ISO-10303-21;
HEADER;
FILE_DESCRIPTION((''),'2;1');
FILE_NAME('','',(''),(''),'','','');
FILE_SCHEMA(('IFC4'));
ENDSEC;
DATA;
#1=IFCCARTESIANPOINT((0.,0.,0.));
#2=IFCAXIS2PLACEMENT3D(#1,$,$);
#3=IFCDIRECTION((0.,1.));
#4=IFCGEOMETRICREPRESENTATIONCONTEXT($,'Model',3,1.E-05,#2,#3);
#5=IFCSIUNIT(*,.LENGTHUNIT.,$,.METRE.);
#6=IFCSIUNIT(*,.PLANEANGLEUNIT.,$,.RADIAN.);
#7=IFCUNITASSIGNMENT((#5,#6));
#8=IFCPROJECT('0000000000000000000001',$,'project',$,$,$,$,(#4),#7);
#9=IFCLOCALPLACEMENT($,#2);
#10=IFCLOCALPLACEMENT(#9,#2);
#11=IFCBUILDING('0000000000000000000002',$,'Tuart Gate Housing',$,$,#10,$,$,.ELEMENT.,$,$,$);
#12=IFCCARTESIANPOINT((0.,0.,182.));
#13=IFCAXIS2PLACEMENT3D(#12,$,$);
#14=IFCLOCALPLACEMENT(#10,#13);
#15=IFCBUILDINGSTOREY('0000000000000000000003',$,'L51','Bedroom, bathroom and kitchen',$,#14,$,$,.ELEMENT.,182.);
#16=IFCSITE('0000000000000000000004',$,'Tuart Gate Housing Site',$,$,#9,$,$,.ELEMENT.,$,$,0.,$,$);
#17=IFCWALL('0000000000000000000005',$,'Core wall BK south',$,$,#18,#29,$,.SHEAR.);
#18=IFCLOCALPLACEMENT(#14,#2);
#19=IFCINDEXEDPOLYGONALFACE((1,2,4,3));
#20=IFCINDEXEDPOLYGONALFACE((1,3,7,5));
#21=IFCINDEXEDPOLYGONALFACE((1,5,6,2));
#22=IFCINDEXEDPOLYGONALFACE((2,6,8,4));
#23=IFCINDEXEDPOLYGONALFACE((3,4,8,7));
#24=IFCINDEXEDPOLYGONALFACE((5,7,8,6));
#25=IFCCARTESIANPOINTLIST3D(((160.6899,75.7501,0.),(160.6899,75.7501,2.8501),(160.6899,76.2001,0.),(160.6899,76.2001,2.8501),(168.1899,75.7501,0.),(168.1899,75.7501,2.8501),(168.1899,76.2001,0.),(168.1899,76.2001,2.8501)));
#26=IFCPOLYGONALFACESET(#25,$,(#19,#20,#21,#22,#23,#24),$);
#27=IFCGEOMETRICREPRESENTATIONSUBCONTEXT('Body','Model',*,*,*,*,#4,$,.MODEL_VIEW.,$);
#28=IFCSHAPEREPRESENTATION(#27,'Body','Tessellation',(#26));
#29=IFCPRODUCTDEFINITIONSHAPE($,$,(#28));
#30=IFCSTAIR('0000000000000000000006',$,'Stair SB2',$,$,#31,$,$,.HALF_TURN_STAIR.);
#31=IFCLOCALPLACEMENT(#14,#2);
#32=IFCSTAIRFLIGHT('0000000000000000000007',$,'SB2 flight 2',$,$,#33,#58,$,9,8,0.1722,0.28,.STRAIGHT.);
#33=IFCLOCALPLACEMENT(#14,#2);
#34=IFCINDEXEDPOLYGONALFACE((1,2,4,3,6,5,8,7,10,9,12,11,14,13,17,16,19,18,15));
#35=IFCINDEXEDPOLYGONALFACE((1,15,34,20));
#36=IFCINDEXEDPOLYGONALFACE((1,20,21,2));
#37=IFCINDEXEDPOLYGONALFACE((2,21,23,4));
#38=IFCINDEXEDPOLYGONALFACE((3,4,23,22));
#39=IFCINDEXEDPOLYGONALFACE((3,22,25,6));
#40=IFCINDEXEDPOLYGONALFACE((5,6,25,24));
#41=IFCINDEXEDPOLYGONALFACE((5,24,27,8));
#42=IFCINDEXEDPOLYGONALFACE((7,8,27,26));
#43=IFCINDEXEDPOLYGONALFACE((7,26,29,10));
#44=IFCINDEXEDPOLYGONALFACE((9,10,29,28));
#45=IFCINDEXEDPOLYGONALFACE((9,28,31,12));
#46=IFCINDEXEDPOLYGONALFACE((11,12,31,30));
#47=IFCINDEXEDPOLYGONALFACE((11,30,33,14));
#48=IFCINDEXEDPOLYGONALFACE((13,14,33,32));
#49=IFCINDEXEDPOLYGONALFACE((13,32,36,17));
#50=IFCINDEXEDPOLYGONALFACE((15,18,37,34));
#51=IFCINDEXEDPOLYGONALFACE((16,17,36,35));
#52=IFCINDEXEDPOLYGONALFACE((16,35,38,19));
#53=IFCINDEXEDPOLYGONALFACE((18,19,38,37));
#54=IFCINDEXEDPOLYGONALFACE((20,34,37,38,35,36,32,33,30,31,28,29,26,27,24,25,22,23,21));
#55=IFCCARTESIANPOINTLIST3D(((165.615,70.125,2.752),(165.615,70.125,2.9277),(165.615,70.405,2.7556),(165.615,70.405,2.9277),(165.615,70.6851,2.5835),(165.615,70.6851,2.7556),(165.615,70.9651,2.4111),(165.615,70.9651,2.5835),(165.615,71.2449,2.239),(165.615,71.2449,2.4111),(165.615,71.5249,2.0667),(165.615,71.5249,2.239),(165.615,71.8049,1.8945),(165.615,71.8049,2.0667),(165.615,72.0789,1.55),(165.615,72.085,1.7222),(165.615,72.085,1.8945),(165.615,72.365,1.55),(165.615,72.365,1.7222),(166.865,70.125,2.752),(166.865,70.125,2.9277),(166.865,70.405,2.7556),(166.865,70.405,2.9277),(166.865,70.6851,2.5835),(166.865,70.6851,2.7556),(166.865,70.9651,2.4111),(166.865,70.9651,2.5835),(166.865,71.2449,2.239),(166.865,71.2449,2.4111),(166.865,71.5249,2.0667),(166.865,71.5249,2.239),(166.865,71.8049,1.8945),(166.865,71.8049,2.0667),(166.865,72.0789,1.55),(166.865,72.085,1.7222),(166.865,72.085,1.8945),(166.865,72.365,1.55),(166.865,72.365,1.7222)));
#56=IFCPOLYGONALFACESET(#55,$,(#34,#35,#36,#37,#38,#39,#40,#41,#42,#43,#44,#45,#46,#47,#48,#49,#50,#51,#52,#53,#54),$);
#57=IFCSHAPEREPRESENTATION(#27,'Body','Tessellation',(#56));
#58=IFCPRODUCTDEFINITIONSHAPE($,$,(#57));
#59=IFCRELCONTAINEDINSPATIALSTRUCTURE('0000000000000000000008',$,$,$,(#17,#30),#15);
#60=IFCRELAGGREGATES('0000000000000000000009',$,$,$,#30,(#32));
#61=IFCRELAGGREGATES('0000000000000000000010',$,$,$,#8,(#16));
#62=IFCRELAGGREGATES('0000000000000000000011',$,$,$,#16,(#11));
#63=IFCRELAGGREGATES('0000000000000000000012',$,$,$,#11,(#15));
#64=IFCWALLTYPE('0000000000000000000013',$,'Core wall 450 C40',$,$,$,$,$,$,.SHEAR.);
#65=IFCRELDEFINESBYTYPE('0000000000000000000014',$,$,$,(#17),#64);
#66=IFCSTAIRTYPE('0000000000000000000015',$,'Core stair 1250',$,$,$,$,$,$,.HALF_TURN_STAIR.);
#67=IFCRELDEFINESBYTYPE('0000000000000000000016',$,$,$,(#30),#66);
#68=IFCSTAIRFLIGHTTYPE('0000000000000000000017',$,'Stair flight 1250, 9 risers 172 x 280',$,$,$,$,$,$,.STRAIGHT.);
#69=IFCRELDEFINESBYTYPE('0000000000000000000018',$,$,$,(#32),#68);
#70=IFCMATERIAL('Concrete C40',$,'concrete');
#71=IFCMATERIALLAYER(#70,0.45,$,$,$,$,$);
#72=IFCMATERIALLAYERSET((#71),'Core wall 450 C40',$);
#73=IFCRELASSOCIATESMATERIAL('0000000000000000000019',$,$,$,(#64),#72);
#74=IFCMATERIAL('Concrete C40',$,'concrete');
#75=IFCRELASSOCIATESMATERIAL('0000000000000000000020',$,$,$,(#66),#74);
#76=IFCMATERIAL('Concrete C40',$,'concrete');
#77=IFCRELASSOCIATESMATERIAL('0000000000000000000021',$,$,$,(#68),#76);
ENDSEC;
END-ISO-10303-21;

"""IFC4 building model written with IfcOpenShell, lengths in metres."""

from ifc_helpers import new_model, si_unit, direction, frame, frame_2d, origin, place, context, subcontext, project, spatial, polyline, rectangle, outline, extrude, material, layer, layer_set, type_object, element, aggregate, save


model = new_model("IFC4")

# Units and contexts
model_context = context("Model", 3, precision=1e-05, world=origin(), true_north=direction((0.0, 1.0)))
body_context = subcontext(model_context, "Body", "Model", "MODEL_VIEW")
ifc_project = project(units=[si_unit("LENGTHUNIT", "METRE"), si_unit("PLANEANGLEUNIT", "RADIAN")], contexts=[model_context])

# Site, building, storey
site_placement = place(None, origin())
site = spatial("IfcSite", under=ifc_project, at=site_placement, Name="Tuart Gate Housing Site", CompositionType="ELEMENT", RefElevation=0.0)
building_placement = place(site_placement, origin())
building = spatial("IfcBuilding", under=site, at=building_placement, Name="Tuart Gate Housing", CompositionType="ELEMENT")
storey_placement = place(building_placement, frame((0.0, 0.0, 182.0)))
storey = spatial("IfcBuildingStorey", under=building, at=storey_placement, Name="L51", Description="Bedroom, bathroom and kitchen", CompositionType="ELEMENT", Elevation=182.0)

# Shared definitions
ifc_material_1 = material(Name="Concrete C40", Category="concrete")
ifc_layer_1 = layer(ifc_material_1, 0.45)
ifc_layer_set_1 = layer_set([ifc_layer_1], Name="Core wall 450 C40")
wall_type_1 = type_object("IfcWallType", Name="Core wall 450 C40", PredefinedType="SHEAR", material=ifc_layer_set_1)

# Wall
wall_1_placement = place(storey_placement, frame((160.6899, 75.9751, 0.0), z_axis=(0.0, 0.0, 1.0), x_axis=(1.0, 0.0, 0.0)))
element("IfcWall", 1, at=wall_1_placement, inside=storey, type_object=wall_type_1, Name="Core wall BK south", PredefinedType="SHEAR", context=body_context, shape_type="SweptSolid", body=[
    extrude(rectangle(XDim=7.5, YDim=0.45, at=frame_2d((3.75, 0.0))), origin(), (0.0, 0.0, 1.0), 2.8501),
])

# Stair, stair flight
ifc_material_2 = material(Name="Concrete C40", Category="concrete")
stair_type = type_object("IfcStairType", Name="Core stair 1250", PredefinedType="HALF_TURN_STAIR", material=ifc_material_2)
stair_placement = place(storey_placement, origin())
stair = element("IfcStair", 2, at=stair_placement, inside=storey, type_object=stair_type, Name="Stair SB2", PredefinedType="HALF_TURN_STAIR")
ifc_material_3 = material(Name="Concrete C40", Category="concrete")
stair_flight_type = type_object("IfcStairFlightType", Name="Stair flight 1250, 9 risers 172 x 280", PredefinedType="STRAIGHT", material=ifc_material_3)
stair_flight_placement = place(storey_placement, frame((166.24, 72.365, 1.55), z_axis=(0.0, 0.0, 1.0), x_axis=(0.0, -1.0, 0.0)))
stair_flight = element("IfcStairFlight", 3, at=stair_flight_placement, type_object=stair_flight_type, Name="SB2 flight 2", NumberOfRisers=9, NumberOfTreads=8, PredefinedType="STRAIGHT", RiserHeight=0.1722, TreadLength=0.28, context=body_context, shape_type="SweptSolid", body=[
    extrude(outline(polyline([(0.0, 0.0), (0.0, 0.1721), (0.28, 0.1721), (0.28, 0.3445), (0.5601, 0.3445), (0.5601, 0.5166), (0.8401, 0.5166), (0.8401, 0.689), (1.1201, 0.689), (1.1201, 0.8611), (1.3999, 0.8611), (1.3999, 1.0334), (1.6799, 1.0334), (1.6799, 1.2056), (1.96, 1.2056), (1.96, 1.3777), (2.24, 1.3777), (2.24, 1.55), (2.24, 1.2019), (0.2861, 0.0), (0.0, 0.0)])), frame((0.0, 0.625, 0.0), z_axis=(0.0, -1.0, 0.0), x_axis=(1.0, 0.0, 0.0)), (0.0, 0.0, 1.0), 1.25),
])
aggregate(stair, [stair_flight])

save(model, "model.ifc")
